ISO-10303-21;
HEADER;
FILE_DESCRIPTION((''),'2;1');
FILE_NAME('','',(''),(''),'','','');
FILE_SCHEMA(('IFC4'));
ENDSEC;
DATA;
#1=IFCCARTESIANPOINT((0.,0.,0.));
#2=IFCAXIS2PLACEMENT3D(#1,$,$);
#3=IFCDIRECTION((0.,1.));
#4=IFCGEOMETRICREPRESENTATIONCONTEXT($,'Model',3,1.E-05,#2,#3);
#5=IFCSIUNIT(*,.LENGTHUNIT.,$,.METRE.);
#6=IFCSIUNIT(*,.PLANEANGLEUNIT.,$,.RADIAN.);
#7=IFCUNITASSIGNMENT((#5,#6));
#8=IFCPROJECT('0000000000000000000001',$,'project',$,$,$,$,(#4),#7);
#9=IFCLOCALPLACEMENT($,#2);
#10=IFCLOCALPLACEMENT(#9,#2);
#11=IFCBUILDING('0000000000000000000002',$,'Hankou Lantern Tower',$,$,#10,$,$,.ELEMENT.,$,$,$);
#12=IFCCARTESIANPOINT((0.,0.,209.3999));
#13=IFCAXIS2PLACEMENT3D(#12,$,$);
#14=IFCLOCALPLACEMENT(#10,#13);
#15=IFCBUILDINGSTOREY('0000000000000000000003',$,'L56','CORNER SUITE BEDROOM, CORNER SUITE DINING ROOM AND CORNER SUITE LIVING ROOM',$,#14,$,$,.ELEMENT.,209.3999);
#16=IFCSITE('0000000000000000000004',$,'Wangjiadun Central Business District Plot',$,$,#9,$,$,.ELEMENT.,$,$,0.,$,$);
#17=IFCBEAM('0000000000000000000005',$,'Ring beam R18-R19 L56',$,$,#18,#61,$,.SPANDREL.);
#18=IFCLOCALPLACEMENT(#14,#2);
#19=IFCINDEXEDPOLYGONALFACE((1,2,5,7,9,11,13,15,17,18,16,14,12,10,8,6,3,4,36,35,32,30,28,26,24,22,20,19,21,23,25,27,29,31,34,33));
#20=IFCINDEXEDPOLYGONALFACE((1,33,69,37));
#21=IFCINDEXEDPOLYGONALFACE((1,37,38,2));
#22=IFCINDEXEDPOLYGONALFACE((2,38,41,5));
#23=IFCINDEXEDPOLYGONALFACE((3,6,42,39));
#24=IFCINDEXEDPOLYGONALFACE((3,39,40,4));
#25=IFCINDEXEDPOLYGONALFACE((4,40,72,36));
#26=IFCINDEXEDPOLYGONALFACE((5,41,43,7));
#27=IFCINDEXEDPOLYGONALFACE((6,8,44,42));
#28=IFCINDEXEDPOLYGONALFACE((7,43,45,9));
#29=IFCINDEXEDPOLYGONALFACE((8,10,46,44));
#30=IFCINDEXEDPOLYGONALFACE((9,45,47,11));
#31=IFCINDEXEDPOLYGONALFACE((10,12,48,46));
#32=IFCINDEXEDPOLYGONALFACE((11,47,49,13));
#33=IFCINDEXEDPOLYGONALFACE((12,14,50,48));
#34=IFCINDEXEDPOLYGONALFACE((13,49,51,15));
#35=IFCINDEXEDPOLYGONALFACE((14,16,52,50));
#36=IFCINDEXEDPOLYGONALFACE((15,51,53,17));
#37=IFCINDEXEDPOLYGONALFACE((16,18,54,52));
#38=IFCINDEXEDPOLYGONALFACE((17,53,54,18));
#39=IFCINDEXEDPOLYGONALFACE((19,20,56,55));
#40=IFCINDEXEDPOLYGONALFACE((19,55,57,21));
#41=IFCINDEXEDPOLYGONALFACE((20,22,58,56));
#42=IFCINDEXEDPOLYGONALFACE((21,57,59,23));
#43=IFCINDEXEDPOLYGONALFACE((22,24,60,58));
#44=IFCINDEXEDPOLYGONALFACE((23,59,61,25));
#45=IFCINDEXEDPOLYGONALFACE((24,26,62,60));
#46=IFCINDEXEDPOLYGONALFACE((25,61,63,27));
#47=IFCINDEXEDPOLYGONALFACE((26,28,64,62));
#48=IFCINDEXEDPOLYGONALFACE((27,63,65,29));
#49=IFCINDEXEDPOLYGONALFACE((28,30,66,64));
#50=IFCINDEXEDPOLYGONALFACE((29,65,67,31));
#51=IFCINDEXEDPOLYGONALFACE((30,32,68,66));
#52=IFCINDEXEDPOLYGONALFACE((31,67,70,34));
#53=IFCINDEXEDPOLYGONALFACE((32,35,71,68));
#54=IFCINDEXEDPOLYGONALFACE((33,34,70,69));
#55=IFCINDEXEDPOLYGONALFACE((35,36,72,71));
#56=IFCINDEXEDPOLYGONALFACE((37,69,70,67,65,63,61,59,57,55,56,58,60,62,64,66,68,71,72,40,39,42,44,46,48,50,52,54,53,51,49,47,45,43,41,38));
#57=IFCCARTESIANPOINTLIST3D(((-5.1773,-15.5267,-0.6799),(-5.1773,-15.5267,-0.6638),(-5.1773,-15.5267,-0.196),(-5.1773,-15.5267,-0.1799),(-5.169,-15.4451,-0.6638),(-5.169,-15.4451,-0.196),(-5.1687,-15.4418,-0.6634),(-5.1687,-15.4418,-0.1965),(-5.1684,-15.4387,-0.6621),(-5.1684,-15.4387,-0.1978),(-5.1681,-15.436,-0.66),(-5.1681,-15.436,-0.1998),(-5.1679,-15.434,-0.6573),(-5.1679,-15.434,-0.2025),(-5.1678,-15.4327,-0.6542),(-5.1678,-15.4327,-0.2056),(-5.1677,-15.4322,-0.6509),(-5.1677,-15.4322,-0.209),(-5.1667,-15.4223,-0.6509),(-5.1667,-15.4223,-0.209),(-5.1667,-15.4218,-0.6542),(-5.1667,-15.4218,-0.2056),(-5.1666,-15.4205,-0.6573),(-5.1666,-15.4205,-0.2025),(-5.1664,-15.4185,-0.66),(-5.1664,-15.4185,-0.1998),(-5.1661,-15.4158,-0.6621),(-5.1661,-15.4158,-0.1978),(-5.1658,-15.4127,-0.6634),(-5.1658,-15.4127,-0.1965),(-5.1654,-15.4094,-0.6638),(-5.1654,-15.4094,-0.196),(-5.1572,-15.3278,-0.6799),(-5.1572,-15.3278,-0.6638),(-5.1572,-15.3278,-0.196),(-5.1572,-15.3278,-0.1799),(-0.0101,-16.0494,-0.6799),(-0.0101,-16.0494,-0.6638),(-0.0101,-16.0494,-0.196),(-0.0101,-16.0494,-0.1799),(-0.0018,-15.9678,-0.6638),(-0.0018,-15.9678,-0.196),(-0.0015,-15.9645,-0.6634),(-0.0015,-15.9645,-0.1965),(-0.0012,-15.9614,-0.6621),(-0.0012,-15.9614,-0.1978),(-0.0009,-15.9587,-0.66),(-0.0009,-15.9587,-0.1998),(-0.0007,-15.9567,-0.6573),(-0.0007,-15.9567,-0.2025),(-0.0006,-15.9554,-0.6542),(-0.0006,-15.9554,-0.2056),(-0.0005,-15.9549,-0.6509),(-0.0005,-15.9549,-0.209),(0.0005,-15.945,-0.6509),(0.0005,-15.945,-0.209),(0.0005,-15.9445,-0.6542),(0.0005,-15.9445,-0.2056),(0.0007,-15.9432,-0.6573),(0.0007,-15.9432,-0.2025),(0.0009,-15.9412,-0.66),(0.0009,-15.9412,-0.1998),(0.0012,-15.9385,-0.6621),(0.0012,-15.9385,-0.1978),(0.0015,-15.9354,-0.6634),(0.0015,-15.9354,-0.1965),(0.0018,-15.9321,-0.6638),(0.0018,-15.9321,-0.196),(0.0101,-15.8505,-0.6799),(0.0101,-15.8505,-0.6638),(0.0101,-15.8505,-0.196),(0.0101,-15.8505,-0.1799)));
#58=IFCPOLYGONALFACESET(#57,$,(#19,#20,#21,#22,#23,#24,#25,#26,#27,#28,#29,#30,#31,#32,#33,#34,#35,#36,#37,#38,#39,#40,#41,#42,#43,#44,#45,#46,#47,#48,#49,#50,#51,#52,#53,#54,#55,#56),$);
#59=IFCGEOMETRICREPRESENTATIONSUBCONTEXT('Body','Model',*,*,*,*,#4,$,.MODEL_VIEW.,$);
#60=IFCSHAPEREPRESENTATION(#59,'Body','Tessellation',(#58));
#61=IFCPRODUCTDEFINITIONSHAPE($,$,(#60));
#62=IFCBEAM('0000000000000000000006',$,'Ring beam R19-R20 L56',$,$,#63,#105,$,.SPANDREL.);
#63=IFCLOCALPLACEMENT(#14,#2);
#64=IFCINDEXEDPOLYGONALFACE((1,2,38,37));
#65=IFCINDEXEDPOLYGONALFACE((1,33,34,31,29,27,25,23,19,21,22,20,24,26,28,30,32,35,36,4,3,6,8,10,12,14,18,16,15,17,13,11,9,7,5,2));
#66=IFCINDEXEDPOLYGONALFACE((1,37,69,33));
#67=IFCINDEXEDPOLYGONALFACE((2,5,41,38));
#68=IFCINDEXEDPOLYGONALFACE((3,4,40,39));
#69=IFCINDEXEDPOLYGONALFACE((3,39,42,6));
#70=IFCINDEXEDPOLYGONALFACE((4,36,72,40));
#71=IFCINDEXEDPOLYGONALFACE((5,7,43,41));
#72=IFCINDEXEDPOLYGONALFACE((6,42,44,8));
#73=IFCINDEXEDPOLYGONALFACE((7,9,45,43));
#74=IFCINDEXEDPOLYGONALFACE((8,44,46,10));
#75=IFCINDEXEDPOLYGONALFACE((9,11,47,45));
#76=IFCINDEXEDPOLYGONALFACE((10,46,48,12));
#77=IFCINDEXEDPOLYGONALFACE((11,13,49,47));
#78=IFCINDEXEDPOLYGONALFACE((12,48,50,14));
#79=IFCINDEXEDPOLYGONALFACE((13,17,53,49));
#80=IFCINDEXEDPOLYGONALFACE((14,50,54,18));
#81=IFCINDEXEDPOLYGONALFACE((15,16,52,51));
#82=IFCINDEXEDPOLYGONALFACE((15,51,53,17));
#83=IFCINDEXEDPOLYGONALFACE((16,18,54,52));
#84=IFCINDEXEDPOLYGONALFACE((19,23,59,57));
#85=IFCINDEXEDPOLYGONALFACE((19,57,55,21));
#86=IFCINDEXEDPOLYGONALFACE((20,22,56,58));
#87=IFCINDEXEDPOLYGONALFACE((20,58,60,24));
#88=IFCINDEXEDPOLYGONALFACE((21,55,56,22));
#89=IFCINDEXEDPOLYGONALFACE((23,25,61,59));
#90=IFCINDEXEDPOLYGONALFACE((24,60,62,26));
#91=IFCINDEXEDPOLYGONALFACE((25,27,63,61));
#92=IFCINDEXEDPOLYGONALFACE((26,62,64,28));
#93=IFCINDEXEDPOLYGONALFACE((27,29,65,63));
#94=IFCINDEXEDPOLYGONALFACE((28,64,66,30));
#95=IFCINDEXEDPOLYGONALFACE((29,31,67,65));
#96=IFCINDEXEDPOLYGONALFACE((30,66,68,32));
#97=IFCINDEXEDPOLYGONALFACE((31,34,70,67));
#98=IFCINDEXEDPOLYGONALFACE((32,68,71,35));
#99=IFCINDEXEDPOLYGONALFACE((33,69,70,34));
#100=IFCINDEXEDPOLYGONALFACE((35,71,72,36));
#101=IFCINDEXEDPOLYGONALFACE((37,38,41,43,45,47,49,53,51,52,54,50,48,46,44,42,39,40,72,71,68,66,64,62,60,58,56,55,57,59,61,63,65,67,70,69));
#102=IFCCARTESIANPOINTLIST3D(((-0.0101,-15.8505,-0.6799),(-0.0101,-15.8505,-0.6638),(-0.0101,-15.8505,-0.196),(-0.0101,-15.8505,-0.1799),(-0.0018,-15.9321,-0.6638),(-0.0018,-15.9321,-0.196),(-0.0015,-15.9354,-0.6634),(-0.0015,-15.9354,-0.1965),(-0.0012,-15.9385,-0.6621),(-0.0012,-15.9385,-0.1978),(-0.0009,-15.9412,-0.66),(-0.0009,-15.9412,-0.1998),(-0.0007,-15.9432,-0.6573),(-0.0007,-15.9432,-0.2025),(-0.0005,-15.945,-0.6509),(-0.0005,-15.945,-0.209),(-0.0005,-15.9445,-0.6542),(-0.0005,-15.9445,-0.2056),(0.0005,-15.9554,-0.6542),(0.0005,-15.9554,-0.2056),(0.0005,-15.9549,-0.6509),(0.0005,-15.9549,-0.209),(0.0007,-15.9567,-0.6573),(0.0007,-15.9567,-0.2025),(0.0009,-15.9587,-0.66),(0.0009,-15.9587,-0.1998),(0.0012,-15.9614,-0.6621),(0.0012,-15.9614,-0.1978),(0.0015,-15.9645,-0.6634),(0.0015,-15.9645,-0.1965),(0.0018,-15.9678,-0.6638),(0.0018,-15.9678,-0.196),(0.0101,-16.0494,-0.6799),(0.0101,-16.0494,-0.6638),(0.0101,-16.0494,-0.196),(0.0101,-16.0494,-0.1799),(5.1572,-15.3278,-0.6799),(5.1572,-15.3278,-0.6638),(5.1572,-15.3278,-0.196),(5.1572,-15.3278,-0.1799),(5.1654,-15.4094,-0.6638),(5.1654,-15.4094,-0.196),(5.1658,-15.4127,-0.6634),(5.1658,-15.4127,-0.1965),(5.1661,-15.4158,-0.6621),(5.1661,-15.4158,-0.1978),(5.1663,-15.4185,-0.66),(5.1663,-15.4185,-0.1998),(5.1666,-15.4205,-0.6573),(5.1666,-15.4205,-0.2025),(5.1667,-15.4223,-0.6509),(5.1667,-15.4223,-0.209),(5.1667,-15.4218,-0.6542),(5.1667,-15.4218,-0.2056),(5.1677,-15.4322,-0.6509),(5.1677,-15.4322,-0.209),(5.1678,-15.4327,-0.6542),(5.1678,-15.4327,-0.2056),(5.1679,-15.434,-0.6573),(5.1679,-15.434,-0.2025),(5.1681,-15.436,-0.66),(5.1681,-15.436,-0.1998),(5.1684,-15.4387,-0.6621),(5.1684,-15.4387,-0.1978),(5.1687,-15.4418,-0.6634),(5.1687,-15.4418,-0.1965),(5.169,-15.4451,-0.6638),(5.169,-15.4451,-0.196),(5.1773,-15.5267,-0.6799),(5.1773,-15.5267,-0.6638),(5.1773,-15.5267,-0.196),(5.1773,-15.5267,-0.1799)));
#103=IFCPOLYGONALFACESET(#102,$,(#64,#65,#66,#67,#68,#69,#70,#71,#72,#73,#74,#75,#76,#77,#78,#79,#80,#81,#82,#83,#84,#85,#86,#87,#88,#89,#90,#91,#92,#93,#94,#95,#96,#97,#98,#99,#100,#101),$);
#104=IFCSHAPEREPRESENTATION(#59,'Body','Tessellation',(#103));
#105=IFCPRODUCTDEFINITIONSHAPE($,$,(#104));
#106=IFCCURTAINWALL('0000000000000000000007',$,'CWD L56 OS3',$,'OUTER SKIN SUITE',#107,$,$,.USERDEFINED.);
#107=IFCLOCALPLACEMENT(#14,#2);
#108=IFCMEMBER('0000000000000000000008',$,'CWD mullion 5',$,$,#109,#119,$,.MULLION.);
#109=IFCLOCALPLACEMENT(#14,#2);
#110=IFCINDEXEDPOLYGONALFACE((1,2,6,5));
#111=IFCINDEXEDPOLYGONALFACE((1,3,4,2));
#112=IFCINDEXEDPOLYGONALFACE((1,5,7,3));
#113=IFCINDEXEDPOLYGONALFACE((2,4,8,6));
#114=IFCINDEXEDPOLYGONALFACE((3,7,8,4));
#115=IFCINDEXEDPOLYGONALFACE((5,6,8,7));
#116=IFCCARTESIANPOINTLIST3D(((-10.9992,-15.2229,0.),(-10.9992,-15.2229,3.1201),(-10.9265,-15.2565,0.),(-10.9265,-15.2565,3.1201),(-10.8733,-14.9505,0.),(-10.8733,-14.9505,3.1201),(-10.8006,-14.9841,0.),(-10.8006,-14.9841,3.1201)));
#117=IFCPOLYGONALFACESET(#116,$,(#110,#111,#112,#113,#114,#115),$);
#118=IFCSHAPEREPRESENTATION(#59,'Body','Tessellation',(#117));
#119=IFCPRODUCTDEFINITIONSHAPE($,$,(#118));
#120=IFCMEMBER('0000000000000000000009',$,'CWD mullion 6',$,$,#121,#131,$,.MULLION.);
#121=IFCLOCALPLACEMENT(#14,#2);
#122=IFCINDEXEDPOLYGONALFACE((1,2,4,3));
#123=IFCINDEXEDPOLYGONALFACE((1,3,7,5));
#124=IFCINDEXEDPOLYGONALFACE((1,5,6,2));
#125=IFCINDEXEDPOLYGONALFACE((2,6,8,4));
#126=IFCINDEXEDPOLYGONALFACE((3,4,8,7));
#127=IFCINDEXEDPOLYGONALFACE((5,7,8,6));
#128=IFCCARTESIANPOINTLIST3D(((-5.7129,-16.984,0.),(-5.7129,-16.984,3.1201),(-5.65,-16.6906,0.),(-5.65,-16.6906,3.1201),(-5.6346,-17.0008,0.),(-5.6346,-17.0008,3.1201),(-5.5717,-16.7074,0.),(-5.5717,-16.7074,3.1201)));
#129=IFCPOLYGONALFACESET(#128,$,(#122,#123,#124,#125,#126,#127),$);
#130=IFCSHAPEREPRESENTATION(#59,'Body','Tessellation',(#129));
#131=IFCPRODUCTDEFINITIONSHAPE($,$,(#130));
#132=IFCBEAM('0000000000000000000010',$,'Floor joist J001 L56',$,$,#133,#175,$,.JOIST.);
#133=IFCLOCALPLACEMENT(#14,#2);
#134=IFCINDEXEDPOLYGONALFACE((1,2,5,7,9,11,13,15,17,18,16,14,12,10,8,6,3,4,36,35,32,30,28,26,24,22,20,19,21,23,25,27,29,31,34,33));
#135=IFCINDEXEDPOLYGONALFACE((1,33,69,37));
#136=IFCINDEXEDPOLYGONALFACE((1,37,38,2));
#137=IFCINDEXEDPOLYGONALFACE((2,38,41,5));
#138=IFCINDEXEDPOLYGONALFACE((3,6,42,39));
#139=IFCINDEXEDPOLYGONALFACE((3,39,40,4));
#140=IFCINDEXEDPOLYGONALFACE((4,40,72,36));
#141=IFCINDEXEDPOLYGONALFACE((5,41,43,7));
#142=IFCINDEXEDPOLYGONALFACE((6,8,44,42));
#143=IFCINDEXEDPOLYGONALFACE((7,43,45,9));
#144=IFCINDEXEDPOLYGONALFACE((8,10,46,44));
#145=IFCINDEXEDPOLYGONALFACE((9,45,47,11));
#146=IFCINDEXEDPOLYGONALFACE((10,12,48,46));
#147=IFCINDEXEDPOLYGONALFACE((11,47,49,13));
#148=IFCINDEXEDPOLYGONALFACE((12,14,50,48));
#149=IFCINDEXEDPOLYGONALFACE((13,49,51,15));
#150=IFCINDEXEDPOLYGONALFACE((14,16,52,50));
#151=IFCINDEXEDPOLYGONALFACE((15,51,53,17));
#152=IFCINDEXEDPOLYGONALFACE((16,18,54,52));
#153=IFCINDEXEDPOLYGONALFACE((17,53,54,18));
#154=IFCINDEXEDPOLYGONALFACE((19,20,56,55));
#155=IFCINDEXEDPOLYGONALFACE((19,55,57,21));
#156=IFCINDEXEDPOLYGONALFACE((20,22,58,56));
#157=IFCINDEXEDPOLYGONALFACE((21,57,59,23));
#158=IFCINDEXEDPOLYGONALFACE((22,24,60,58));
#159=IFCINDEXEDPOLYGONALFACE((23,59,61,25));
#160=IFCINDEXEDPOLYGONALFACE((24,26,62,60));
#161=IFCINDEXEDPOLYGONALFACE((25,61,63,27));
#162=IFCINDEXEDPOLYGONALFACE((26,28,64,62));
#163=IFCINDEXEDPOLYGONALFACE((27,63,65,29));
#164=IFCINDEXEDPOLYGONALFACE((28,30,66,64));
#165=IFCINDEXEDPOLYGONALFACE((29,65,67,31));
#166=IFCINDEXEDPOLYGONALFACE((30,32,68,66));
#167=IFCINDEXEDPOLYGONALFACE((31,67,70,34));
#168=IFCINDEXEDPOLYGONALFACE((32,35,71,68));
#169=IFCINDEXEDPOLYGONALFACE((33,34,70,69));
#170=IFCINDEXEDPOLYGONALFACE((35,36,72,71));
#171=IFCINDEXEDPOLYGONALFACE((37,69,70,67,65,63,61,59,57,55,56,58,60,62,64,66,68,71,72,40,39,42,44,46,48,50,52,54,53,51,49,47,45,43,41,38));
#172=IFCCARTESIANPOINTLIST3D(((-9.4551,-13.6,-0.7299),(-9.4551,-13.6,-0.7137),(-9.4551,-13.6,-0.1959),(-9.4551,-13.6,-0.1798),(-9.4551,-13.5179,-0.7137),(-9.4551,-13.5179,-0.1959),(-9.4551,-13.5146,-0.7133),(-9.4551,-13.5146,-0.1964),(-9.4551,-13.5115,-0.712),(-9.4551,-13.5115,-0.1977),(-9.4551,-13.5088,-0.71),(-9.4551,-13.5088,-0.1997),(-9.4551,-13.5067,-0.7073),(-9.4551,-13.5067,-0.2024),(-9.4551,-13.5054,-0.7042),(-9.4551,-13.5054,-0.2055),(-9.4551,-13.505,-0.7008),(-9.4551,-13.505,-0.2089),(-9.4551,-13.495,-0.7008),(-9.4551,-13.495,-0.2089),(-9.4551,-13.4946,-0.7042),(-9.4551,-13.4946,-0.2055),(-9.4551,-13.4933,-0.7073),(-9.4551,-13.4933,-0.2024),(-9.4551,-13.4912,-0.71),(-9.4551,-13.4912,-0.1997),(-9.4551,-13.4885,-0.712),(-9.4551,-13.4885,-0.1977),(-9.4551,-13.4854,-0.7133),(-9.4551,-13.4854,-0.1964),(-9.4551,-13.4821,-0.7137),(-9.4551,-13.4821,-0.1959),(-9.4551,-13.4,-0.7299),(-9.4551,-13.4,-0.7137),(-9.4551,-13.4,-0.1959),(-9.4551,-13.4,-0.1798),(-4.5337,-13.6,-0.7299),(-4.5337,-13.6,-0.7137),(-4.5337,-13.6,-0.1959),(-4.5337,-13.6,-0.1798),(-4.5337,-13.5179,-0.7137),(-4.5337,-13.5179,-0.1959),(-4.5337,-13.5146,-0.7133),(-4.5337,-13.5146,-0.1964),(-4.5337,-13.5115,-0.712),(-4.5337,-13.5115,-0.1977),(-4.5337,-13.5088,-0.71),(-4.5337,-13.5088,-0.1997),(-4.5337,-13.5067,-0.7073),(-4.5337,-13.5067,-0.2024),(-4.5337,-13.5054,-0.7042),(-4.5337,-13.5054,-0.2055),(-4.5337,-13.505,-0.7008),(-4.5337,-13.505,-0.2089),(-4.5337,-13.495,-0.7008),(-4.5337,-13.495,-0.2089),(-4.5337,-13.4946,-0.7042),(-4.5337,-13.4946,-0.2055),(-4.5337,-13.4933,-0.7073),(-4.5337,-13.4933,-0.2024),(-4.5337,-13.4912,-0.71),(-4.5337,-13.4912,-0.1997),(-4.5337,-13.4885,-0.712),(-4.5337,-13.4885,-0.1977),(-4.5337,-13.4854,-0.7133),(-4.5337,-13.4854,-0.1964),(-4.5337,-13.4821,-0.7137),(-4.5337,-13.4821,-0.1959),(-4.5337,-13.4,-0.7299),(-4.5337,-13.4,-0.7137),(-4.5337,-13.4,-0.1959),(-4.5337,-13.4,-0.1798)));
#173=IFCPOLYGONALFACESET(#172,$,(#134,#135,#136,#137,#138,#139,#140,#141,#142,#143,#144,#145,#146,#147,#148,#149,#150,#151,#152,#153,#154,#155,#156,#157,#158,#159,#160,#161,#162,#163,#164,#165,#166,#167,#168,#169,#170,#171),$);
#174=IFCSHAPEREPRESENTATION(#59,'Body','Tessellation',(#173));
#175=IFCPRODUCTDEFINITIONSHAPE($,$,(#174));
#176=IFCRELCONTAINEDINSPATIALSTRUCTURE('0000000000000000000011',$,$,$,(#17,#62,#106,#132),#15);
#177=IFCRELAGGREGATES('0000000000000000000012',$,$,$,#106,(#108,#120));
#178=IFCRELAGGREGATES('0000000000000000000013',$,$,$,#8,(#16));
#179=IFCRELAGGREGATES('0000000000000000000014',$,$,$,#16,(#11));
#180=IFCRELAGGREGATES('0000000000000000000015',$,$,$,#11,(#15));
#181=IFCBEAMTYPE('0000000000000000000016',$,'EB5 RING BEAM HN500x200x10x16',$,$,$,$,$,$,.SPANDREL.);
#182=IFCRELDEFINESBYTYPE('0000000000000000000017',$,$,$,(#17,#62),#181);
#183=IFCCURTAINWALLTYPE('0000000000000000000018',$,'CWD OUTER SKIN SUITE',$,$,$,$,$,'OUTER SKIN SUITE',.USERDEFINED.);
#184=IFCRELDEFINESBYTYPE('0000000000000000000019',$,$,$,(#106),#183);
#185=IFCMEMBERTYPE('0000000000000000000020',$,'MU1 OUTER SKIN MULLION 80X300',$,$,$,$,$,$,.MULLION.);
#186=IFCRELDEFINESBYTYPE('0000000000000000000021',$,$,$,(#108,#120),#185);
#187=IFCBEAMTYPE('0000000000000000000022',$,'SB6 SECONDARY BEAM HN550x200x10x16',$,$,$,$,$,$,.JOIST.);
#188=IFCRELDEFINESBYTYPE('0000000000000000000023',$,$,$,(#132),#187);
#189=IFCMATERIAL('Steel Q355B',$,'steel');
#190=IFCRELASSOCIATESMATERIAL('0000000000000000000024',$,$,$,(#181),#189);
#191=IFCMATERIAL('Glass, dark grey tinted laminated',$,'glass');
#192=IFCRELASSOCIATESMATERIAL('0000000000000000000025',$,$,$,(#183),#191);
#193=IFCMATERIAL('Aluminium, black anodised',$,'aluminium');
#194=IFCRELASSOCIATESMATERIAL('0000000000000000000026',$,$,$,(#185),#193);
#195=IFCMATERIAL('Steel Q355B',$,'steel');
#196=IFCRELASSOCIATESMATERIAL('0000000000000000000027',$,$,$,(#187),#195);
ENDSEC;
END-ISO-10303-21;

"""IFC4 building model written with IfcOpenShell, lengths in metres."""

from ifc_helpers import new_model, si_unit, direction, frame, origin, origin_2d, place, context, subcontext, project, spatial, rectangle, i_section, extrude, material, material_profile, profile_set, type_object, element, aggregate, save


model = new_model("IFC4")

# Units and contexts
model_context = context("Model", 3, precision=1e-05, world=origin(), true_north=direction((0.0, 1.0)))
body_context = subcontext(model_context, "Body", "Model", "MODEL_VIEW")
ifc_project = project(units=[si_unit("LENGTHUNIT", "METRE"), si_unit("PLANEANGLEUNIT", "RADIAN")], contexts=[model_context])

# Site, building, storey
site_placement = place(None, origin())
site = spatial("IfcSite", under=ifc_project, at=site_placement, Name="Wangjiadun Central Business District Plot", CompositionType="ELEMENT", RefElevation=0.0)
building_placement = place(site_placement, origin())
building = spatial("IfcBuilding", under=site, at=building_placement, Name="Hankou Lantern Tower", CompositionType="ELEMENT")
storey_placement = place(building_placement, frame((0.0, 0.0, 209.3999)))
storey = spatial("IfcBuildingStorey", under=building, at=storey_placement, Name="L56", Description="CORNER SUITE BEDROOM, CORNER SUITE DINING ROOM AND CORNER SUITE LIVING ROOM", CompositionType="ELEMENT", Elevation=209.3999)

# Beams
ifc_material_1 = material(Name="Steel Q355B", Category="steel")
ifc_material_profile_1 = material_profile(ifc_material_1, i_section(OverallWidth=0.2, OverallDepth=0.5, WebThickness=0.01, FlangeThickness=0.0161, FilletRadius=0.0129, at=origin_2d()), Name="HN500x200x10x16")
ifc_profile_set_1 = profile_set([ifc_material_profile_1], Name="Steel Q355B")
beam_type_1 = type_object("IfcBeamType", Name="EB5 RING BEAM HN500x200x10x16", PredefinedType="SPANDREL", material=ifc_profile_set_1)
for number, where, z_axis, x_axis, name in (
    (1, (-5.1672, -15.4272, -0.4299), (0.994923, -0.100644, 0.0), (0.100644, 0.994923, 0.0), "Ring beam R18-R19 L56"),
    (2, (0.0, -15.95, -0.4299), (0.994923, 0.100644, 0.0), (-0.100644, 0.994923, 0.0), "Ring beam R19-R20 L56"),
):
    element("IfcBeam", number, at=place(storey_placement, frame(where, z_axis=z_axis, x_axis=x_axis)), inside=storey, type_object=beam_type_1, Name=name, PredefinedType="SPANDREL", context=body_context, shape_type="SweptSolid", body=[
        extrude(i_section(OverallWidth=0.2, OverallDepth=0.5, WebThickness=0.01, FlangeThickness=0.0161, FilletRadius=0.0129, at=origin_2d()), origin(), (0.0, 0.0, 1.0), 5.1936),
    ])

# Curtain wall, members
ifc_material_2 = material(Name="Glass, dark grey tinted laminated", Category="glass")
curtain_wall_type = type_object("IfcCurtainWallType", Name="CWD OUTER SKIN SUITE", ElementType="OUTER SKIN SUITE", PredefinedType="USERDEFINED", material=ifc_material_2)
curtain_wall_placement = place(storey_placement, origin())
curtain_wall = element("IfcCurtainWall", 3, at=curtain_wall_placement, inside=storey, type_object=curtain_wall_type, Name="CWD L56 OS3", ObjectType="OUTER SKIN SUITE", PredefinedType="USERDEFINED")
ifc_material_3 = material(Name="Aluminium, black anodised", Category="aluminium")
ifc_material_profile_2 = material_profile(ifc_material_3, rectangle(XDim=0.0801, YDim=0.3, at=origin_2d()), Name="MU1 80X300")
ifc_profile_set_2 = profile_set([ifc_material_profile_2], Name="Aluminium, black anodised")
member_type_1 = type_object("IfcMemberType", Name="MU1 OUTER SKIN MULLION 80X300", PredefinedType="MULLION", material=ifc_profile_set_2)
member_1_placement = place(storey_placement, frame((-10.8999, -15.1035, 0.0), z_axis=(0.0, 0.0, 1.0), x_axis=(0.907841, -0.419314, 0.0)))
member_1 = element("IfcMember", 4, at=member_1_placement, type_object=member_type_1, Name="CWD mullion 5", PredefinedType="MULLION", context=body_context, shape_type="SweptSolid", body=[
    extrude(rectangle(XDim=0.0801, YDim=0.3, at=origin_2d()), origin(), (0.0, 0.0, 1.0), 3.1201),
])
member_2_placement = place(storey_placement, frame((-5.6423, -16.8457, 0.0), z_axis=(0.0, 0.0, 1.0), x_axis=(0.977788, -0.209598, 0.0)))
member_2 = element("IfcMember", 5, at=member_2_placement, type_object=member_type_1, Name="CWD mullion 6", PredefinedType="MULLION", context=body_context, shape_type="SweptSolid", body=[
    extrude(rectangle(XDim=0.0801, YDim=0.3, at=origin_2d()), origin(), (0.0, 0.0, 1.0), 3.1201),
])

# Beam
ifc_material_4 = material(Name="Steel Q355B", Category="steel")
ifc_material_profile_3 = material_profile(ifc_material_4, i_section(OverallWidth=0.2, OverallDepth=0.55, WebThickness=0.01, FlangeThickness=0.0161, FilletRadius=0.0129, at=origin_2d()), Name="HN550x200x10x16")
ifc_profile_set_3 = profile_set([ifc_material_profile_3], Name="Steel Q355B")
beam_type_2 = type_object("IfcBeamType", Name="SB6 SECONDARY BEAM HN550x200x10x16", PredefinedType="JOIST", material=ifc_profile_set_3)
beam_1_placement = place(storey_placement, frame((-9.4551, -13.5, -0.4548), z_axis=(1.0, 0.0, 0.0), x_axis=(0.0, 1.0, 0.0)))
element("IfcBeam", 6, at=beam_1_placement, inside=storey, type_object=beam_type_2, Name="Floor joist J001 L56", PredefinedType="JOIST", context=body_context, shape_type="SweptSolid", body=[
    extrude(i_section(OverallWidth=0.2, OverallDepth=0.55, WebThickness=0.01, FlangeThickness=0.0161, FilletRadius=0.0129, at=origin_2d()), origin(), (0.0, 0.0, 1.0), 4.9214),
])

aggregate(curtain_wall, [member_1, member_2])

save(model, "model.ifc")
